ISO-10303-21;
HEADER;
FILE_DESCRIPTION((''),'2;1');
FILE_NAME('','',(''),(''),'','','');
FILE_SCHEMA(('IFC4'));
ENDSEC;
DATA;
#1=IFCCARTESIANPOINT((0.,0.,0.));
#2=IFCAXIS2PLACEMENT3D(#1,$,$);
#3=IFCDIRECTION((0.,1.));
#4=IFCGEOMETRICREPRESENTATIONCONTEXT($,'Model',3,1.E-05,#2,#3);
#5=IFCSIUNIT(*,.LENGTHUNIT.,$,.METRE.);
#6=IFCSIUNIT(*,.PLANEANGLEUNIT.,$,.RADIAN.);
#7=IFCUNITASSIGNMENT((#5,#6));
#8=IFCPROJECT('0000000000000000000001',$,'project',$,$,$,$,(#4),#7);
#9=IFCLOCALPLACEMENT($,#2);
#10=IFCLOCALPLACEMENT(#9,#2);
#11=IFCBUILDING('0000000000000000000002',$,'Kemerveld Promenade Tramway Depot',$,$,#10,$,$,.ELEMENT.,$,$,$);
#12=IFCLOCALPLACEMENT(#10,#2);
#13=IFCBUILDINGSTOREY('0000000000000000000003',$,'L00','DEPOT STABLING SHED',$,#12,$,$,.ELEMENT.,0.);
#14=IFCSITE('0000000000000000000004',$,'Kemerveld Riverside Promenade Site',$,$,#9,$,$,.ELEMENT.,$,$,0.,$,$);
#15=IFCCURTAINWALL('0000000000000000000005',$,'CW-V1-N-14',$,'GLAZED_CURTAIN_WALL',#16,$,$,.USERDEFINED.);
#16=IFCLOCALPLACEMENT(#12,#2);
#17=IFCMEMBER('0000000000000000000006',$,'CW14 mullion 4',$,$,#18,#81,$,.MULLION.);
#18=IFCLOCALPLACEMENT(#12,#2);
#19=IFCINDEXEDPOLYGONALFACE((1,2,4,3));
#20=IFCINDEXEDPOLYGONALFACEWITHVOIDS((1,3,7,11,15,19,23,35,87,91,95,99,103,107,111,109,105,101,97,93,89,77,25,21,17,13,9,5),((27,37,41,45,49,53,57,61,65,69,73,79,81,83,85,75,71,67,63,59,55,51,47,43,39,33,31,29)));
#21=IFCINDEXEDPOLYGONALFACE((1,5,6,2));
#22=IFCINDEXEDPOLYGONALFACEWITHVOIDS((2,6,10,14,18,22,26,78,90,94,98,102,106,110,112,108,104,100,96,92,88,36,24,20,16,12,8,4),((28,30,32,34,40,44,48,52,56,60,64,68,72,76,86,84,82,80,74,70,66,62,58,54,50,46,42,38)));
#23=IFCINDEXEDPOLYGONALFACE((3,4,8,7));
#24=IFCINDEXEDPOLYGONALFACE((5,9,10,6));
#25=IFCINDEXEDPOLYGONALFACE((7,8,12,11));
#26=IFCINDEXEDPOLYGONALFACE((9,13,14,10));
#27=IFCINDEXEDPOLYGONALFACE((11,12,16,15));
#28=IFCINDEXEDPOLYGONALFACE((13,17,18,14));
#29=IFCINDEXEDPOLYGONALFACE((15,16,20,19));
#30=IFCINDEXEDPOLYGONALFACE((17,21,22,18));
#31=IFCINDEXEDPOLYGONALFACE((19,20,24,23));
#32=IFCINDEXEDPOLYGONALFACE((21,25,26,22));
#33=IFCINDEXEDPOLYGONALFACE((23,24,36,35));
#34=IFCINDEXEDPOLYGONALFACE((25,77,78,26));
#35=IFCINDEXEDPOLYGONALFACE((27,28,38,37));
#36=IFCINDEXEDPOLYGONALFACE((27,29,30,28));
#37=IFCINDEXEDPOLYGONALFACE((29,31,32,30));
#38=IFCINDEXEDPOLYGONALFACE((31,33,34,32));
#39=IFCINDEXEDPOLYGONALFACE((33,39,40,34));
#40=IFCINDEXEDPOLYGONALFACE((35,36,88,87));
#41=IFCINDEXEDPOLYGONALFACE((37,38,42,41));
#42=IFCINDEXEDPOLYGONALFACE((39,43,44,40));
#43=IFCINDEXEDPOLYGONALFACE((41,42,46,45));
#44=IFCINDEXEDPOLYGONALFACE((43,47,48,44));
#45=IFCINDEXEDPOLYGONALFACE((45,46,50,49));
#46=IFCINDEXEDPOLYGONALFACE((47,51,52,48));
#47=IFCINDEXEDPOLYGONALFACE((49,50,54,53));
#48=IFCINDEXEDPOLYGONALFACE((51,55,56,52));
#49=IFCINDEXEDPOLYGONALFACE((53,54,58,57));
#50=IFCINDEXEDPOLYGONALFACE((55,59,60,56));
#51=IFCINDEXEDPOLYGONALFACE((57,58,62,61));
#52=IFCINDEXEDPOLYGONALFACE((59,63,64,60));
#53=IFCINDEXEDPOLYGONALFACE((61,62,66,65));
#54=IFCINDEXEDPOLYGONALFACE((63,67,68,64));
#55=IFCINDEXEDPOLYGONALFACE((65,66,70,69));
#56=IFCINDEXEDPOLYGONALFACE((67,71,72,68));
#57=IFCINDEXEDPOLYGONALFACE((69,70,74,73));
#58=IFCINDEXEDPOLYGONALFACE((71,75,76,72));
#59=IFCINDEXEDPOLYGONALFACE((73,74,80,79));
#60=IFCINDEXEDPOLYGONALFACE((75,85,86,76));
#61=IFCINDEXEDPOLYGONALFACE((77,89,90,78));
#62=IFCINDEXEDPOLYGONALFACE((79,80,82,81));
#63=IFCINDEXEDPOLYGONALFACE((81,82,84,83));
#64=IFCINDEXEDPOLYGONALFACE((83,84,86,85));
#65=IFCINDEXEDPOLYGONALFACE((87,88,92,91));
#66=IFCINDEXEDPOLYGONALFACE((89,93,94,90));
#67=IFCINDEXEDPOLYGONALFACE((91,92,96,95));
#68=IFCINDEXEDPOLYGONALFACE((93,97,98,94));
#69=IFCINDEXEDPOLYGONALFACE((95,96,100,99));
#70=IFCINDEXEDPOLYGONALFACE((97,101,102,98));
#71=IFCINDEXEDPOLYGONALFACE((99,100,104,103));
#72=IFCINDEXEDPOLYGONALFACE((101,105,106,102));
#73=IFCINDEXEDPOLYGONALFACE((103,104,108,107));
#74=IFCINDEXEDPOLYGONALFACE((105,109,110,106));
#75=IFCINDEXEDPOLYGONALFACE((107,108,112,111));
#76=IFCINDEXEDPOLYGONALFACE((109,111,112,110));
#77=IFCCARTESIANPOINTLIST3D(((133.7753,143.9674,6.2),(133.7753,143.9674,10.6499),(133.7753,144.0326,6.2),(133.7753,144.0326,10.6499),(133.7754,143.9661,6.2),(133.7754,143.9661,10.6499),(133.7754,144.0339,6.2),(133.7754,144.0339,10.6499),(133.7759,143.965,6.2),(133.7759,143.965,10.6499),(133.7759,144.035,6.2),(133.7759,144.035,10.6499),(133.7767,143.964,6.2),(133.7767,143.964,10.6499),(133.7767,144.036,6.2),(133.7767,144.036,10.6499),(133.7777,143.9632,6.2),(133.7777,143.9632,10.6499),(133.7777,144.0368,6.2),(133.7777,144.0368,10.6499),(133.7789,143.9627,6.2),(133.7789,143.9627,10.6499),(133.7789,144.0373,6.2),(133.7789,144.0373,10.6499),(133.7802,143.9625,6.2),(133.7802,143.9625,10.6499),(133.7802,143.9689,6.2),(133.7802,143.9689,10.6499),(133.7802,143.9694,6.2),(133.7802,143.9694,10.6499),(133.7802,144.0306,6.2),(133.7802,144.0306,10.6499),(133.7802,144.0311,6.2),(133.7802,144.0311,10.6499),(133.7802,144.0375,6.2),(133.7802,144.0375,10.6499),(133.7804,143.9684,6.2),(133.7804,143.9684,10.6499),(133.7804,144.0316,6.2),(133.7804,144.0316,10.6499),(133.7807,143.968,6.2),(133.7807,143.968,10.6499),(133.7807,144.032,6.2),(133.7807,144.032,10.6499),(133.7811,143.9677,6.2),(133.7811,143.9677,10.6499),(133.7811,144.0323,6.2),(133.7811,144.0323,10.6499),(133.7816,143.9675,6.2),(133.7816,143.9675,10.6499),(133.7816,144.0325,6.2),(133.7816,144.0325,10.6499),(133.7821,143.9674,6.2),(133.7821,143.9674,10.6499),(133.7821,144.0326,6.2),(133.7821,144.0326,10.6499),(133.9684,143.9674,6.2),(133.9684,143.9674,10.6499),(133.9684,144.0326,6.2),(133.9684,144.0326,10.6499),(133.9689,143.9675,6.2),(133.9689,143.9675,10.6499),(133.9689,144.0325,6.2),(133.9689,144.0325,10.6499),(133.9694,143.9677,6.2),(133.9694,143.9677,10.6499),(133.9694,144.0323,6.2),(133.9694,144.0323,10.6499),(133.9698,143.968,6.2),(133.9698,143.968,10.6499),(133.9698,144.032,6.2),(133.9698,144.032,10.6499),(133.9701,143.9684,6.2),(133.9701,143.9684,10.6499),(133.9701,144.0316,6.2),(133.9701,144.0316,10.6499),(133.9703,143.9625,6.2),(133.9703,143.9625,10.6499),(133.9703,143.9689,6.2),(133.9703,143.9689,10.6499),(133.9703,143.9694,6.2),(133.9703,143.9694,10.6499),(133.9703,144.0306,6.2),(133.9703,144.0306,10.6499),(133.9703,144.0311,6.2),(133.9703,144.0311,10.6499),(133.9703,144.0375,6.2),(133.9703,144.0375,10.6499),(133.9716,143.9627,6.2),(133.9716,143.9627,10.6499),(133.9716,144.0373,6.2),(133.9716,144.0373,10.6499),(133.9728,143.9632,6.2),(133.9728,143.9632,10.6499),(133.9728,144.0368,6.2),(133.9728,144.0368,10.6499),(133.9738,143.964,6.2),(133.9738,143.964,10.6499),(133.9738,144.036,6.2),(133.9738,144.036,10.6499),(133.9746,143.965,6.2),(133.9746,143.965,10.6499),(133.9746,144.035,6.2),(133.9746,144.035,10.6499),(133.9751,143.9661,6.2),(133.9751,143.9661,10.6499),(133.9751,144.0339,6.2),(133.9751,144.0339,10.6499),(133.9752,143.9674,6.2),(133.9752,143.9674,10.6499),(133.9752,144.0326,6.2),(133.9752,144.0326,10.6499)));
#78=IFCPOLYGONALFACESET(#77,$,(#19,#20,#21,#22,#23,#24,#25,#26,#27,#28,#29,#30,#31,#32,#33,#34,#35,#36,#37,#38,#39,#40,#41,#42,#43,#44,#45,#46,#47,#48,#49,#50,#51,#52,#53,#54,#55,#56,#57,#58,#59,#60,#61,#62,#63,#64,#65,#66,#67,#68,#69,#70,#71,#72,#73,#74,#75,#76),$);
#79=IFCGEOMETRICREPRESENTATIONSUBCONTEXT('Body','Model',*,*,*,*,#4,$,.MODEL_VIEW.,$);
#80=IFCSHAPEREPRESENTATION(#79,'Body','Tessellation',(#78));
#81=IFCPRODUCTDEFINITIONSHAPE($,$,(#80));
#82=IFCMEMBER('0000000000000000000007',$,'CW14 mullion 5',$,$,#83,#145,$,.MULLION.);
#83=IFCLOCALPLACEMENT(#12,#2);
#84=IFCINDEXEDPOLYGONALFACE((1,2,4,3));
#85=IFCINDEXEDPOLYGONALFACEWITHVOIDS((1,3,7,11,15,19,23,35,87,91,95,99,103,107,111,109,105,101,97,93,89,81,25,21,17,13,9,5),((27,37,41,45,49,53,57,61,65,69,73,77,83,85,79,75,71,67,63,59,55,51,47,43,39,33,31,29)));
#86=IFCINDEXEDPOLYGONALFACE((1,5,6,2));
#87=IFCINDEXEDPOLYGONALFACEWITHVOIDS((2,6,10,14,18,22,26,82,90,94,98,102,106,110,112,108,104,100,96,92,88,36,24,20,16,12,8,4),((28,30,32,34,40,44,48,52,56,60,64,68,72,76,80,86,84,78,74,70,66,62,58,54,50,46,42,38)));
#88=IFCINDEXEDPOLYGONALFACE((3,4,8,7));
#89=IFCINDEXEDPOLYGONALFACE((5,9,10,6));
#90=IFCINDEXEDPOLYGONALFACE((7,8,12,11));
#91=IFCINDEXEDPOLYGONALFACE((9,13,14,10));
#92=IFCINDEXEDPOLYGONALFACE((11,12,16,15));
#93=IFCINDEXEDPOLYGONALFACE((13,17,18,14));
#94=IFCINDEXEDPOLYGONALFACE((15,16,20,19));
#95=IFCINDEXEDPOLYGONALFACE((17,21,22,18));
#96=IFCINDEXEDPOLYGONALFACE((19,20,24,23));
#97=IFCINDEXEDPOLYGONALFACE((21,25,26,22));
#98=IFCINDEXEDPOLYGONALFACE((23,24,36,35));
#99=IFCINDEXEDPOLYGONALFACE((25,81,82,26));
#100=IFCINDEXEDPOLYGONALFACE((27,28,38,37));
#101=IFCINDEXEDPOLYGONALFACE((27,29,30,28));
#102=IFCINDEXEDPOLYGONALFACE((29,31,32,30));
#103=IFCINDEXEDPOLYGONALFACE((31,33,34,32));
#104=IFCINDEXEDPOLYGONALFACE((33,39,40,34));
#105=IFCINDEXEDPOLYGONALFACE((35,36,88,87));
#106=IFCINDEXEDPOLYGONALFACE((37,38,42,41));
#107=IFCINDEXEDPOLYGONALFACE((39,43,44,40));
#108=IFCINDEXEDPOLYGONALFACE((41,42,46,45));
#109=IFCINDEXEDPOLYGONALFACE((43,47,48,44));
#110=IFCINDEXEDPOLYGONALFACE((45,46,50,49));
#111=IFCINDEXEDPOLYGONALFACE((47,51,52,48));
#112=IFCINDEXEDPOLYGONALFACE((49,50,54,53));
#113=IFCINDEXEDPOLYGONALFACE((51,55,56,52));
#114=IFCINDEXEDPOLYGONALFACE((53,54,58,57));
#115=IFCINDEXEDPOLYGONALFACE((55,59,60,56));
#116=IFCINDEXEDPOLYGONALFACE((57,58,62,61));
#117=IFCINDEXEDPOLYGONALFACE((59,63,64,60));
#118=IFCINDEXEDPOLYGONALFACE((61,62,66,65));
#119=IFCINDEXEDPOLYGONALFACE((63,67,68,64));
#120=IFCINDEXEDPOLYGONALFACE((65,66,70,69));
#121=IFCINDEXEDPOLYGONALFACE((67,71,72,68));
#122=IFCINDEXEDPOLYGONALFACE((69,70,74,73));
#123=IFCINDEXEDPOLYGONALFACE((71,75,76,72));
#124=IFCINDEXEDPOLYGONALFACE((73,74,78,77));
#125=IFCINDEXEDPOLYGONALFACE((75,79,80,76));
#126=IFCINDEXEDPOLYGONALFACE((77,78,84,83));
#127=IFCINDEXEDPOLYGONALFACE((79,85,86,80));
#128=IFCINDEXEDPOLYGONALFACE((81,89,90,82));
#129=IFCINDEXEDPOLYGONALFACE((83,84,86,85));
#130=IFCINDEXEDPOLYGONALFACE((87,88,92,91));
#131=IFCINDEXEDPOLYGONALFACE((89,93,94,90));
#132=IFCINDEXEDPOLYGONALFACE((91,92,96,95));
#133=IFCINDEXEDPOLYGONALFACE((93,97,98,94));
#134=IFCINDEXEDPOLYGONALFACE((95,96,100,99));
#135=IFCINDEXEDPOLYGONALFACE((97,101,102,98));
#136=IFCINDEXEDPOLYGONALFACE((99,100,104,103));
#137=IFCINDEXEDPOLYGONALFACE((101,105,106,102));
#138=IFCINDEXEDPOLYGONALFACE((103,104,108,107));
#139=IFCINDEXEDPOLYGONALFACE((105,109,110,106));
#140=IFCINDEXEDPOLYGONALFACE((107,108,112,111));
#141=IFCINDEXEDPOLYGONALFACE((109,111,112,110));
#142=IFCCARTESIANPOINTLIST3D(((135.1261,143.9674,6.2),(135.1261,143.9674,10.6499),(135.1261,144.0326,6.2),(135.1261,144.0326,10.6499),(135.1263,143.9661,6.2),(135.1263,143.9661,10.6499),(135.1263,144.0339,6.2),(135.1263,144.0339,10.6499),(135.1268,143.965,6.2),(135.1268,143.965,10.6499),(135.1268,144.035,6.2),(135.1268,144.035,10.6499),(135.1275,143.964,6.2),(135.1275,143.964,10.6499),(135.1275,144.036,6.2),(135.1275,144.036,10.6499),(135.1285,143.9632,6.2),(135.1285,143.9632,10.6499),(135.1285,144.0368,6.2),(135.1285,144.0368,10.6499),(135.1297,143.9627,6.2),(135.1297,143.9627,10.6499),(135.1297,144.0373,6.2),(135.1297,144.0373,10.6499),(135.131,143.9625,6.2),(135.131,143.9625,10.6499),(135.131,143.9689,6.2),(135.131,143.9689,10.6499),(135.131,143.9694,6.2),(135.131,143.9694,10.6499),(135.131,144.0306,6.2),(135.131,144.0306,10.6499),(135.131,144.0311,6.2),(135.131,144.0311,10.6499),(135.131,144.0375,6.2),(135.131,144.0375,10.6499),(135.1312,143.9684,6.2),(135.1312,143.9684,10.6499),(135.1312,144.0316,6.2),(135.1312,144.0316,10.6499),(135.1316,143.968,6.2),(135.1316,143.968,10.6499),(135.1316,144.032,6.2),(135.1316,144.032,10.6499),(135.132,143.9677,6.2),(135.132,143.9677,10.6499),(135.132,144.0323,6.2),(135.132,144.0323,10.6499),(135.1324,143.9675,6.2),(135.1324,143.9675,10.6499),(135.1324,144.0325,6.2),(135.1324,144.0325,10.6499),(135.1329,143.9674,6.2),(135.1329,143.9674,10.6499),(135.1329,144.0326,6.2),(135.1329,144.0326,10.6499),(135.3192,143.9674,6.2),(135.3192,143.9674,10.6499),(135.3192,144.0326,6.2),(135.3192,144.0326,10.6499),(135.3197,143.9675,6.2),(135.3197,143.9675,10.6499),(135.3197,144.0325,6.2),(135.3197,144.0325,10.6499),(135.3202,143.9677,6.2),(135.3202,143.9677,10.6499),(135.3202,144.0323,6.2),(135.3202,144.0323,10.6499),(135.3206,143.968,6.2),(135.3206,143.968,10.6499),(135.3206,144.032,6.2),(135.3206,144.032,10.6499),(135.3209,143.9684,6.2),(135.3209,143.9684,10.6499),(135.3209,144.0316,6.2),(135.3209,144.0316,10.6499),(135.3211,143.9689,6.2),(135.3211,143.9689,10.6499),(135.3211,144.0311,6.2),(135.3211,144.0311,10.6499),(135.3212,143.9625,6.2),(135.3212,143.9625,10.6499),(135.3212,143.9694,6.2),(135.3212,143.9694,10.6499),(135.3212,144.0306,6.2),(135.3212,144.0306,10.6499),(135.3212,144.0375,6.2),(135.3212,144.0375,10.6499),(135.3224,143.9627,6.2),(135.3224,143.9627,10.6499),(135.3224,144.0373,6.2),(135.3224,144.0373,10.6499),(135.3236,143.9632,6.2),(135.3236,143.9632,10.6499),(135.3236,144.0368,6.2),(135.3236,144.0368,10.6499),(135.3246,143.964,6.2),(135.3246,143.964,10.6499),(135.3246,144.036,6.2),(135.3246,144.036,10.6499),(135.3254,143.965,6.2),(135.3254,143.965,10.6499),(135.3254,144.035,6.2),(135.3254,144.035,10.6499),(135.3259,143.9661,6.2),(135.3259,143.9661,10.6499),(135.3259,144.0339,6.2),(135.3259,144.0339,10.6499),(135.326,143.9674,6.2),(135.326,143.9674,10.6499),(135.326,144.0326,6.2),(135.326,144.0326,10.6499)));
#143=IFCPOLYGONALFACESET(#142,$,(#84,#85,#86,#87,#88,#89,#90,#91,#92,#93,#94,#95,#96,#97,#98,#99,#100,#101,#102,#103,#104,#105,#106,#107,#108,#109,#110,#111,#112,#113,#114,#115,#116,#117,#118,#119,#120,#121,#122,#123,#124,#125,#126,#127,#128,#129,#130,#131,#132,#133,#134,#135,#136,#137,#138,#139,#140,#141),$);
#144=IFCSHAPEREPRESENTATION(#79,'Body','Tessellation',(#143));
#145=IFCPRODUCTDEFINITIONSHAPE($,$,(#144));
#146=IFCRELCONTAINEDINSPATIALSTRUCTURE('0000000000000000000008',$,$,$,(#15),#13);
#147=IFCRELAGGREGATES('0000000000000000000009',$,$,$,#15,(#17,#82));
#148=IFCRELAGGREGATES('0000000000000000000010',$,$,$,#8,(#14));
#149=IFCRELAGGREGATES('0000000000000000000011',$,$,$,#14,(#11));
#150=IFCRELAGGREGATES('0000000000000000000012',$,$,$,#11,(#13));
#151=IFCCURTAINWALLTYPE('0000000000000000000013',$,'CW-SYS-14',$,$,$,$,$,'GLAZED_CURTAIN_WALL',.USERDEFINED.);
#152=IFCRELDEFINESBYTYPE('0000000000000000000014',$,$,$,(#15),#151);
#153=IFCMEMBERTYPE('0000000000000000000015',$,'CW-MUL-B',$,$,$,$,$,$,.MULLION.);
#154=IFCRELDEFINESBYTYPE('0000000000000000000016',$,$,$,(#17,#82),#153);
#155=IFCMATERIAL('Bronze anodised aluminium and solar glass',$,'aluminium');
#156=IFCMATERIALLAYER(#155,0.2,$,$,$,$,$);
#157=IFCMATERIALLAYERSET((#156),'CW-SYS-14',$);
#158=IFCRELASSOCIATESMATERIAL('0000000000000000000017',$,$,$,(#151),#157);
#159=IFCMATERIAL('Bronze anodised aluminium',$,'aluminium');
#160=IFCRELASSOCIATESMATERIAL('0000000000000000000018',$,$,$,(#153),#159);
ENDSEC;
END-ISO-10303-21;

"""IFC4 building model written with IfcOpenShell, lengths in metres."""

from ifc_helpers import new_model, si_unit, direction, frame, origin, origin_2d, place, context, subcontext, project, spatial, hollow_rectangle, extrude, material, layer, layer_set, material_profile, profile_set, type_object, element, aggregate, save


model = new_model("IFC4")

# Units and contexts
model_context = context("Model", 3, precision=1e-05, world=origin(), true_north=direction((0.0, 1.0)))
body_context = subcontext(model_context, "Body", "Model", "MODEL_VIEW")
ifc_project = project(units=[si_unit("LENGTHUNIT", "METRE"), si_unit("PLANEANGLEUNIT", "RADIAN")], contexts=[model_context])

# Site, building, storey
site_placement = place(None, origin())
site = spatial("IfcSite", under=ifc_project, at=site_placement, Name="Kemerveld Riverside Promenade Site", CompositionType="ELEMENT", RefElevation=0.0)
building_placement = place(site_placement, origin())
building = spatial("IfcBuilding", under=site, at=building_placement, Name="Kemerveld Promenade Tramway Depot", CompositionType="ELEMENT")
storey_placement = place(building_placement, origin())
storey = spatial("IfcBuildingStorey", under=building, at=storey_placement, Name="L00", Description="DEPOT STABLING SHED", CompositionType="ELEMENT", Elevation=0.0)

# Shared definitions
ifc_material_1 = material(Name="Bronze anodised aluminium and solar glass", Category="aluminium")
ifc_material_2 = material(Name="Bronze anodised aluminium", Category="aluminium")

# Curtain wall, members
ifc_layer_1 = layer(ifc_material_1, 0.2)
ifc_layer_set_1 = layer_set([ifc_layer_1], Name="CW-SYS-14")
curtain_wall_type_1 = type_object("IfcCurtainWallType", Name="CW-SYS-14", ElementType="GLAZED_CURTAIN_WALL", PredefinedType="USERDEFINED", material=ifc_layer_set_1)
curtain_wall_1_placement = place(storey_placement, origin())
curtain_wall_1 = element("IfcCurtainWall", 1, at=curtain_wall_1_placement, inside=storey, type_object=curtain_wall_type_1, Name="CW-V1-N-14", ObjectType="GLAZED_CURTAIN_WALL", PredefinedType="USERDEFINED")
ifc_material_profile_1 = material_profile(ifc_material_2, hollow_rectangle(XDim=0.075, YDim=0.2, WallThickness=0.0049, InnerFilletRadius=0.002, OuterFilletRadius=0.0049, at=origin_2d()), Name="CW-MUL-200x75")
ifc_profile_set_1 = profile_set([ifc_material_profile_1], Name="Bronze anodised aluminium")
member_type_1 = type_object("IfcMemberType", Name="CW-MUL-B", PredefinedType="MULLION", material=ifc_profile_set_1)
member_1_placement = place(storey_placement, frame((133.8752, 144.0, 6.2), z_axis=(0.0, 0.0, 1.0), x_axis=(0.0, 1.0, 0.0)))
member_1 = element("IfcMember", 2, at=member_1_placement, type_object=member_type_1, Name="CW14 mullion 4", PredefinedType="MULLION", context=body_context, shape_type="SweptSolid", body=[
    extrude(hollow_rectangle(XDim=0.075, YDim=0.2, WallThickness=0.0049, InnerFilletRadius=0.002, OuterFilletRadius=0.0049, at=origin_2d()), origin(), (0.0, 0.0, 1.0), 4.45),
])
member_2_placement = place(storey_placement, frame((135.2261, 144.0, 6.2), z_axis=(0.0, 0.0, 1.0), x_axis=(0.0, 1.0, 0.0)))
member_2 = element("IfcMember", 3, at=member_2_placement, type_object=member_type_1, Name="CW14 mullion 5", PredefinedType="MULLION", context=body_context, shape_type="SweptSolid", body=[
    extrude(hollow_rectangle(XDim=0.075, YDim=0.2, WallThickness=0.0049, InnerFilletRadius=0.002, OuterFilletRadius=0.0049, at=origin_2d()), origin(), (0.0, 0.0, 1.0), 4.45),
])

aggregate(curtain_wall_1, [member_1, member_2])

save(model, "model.ifc")
